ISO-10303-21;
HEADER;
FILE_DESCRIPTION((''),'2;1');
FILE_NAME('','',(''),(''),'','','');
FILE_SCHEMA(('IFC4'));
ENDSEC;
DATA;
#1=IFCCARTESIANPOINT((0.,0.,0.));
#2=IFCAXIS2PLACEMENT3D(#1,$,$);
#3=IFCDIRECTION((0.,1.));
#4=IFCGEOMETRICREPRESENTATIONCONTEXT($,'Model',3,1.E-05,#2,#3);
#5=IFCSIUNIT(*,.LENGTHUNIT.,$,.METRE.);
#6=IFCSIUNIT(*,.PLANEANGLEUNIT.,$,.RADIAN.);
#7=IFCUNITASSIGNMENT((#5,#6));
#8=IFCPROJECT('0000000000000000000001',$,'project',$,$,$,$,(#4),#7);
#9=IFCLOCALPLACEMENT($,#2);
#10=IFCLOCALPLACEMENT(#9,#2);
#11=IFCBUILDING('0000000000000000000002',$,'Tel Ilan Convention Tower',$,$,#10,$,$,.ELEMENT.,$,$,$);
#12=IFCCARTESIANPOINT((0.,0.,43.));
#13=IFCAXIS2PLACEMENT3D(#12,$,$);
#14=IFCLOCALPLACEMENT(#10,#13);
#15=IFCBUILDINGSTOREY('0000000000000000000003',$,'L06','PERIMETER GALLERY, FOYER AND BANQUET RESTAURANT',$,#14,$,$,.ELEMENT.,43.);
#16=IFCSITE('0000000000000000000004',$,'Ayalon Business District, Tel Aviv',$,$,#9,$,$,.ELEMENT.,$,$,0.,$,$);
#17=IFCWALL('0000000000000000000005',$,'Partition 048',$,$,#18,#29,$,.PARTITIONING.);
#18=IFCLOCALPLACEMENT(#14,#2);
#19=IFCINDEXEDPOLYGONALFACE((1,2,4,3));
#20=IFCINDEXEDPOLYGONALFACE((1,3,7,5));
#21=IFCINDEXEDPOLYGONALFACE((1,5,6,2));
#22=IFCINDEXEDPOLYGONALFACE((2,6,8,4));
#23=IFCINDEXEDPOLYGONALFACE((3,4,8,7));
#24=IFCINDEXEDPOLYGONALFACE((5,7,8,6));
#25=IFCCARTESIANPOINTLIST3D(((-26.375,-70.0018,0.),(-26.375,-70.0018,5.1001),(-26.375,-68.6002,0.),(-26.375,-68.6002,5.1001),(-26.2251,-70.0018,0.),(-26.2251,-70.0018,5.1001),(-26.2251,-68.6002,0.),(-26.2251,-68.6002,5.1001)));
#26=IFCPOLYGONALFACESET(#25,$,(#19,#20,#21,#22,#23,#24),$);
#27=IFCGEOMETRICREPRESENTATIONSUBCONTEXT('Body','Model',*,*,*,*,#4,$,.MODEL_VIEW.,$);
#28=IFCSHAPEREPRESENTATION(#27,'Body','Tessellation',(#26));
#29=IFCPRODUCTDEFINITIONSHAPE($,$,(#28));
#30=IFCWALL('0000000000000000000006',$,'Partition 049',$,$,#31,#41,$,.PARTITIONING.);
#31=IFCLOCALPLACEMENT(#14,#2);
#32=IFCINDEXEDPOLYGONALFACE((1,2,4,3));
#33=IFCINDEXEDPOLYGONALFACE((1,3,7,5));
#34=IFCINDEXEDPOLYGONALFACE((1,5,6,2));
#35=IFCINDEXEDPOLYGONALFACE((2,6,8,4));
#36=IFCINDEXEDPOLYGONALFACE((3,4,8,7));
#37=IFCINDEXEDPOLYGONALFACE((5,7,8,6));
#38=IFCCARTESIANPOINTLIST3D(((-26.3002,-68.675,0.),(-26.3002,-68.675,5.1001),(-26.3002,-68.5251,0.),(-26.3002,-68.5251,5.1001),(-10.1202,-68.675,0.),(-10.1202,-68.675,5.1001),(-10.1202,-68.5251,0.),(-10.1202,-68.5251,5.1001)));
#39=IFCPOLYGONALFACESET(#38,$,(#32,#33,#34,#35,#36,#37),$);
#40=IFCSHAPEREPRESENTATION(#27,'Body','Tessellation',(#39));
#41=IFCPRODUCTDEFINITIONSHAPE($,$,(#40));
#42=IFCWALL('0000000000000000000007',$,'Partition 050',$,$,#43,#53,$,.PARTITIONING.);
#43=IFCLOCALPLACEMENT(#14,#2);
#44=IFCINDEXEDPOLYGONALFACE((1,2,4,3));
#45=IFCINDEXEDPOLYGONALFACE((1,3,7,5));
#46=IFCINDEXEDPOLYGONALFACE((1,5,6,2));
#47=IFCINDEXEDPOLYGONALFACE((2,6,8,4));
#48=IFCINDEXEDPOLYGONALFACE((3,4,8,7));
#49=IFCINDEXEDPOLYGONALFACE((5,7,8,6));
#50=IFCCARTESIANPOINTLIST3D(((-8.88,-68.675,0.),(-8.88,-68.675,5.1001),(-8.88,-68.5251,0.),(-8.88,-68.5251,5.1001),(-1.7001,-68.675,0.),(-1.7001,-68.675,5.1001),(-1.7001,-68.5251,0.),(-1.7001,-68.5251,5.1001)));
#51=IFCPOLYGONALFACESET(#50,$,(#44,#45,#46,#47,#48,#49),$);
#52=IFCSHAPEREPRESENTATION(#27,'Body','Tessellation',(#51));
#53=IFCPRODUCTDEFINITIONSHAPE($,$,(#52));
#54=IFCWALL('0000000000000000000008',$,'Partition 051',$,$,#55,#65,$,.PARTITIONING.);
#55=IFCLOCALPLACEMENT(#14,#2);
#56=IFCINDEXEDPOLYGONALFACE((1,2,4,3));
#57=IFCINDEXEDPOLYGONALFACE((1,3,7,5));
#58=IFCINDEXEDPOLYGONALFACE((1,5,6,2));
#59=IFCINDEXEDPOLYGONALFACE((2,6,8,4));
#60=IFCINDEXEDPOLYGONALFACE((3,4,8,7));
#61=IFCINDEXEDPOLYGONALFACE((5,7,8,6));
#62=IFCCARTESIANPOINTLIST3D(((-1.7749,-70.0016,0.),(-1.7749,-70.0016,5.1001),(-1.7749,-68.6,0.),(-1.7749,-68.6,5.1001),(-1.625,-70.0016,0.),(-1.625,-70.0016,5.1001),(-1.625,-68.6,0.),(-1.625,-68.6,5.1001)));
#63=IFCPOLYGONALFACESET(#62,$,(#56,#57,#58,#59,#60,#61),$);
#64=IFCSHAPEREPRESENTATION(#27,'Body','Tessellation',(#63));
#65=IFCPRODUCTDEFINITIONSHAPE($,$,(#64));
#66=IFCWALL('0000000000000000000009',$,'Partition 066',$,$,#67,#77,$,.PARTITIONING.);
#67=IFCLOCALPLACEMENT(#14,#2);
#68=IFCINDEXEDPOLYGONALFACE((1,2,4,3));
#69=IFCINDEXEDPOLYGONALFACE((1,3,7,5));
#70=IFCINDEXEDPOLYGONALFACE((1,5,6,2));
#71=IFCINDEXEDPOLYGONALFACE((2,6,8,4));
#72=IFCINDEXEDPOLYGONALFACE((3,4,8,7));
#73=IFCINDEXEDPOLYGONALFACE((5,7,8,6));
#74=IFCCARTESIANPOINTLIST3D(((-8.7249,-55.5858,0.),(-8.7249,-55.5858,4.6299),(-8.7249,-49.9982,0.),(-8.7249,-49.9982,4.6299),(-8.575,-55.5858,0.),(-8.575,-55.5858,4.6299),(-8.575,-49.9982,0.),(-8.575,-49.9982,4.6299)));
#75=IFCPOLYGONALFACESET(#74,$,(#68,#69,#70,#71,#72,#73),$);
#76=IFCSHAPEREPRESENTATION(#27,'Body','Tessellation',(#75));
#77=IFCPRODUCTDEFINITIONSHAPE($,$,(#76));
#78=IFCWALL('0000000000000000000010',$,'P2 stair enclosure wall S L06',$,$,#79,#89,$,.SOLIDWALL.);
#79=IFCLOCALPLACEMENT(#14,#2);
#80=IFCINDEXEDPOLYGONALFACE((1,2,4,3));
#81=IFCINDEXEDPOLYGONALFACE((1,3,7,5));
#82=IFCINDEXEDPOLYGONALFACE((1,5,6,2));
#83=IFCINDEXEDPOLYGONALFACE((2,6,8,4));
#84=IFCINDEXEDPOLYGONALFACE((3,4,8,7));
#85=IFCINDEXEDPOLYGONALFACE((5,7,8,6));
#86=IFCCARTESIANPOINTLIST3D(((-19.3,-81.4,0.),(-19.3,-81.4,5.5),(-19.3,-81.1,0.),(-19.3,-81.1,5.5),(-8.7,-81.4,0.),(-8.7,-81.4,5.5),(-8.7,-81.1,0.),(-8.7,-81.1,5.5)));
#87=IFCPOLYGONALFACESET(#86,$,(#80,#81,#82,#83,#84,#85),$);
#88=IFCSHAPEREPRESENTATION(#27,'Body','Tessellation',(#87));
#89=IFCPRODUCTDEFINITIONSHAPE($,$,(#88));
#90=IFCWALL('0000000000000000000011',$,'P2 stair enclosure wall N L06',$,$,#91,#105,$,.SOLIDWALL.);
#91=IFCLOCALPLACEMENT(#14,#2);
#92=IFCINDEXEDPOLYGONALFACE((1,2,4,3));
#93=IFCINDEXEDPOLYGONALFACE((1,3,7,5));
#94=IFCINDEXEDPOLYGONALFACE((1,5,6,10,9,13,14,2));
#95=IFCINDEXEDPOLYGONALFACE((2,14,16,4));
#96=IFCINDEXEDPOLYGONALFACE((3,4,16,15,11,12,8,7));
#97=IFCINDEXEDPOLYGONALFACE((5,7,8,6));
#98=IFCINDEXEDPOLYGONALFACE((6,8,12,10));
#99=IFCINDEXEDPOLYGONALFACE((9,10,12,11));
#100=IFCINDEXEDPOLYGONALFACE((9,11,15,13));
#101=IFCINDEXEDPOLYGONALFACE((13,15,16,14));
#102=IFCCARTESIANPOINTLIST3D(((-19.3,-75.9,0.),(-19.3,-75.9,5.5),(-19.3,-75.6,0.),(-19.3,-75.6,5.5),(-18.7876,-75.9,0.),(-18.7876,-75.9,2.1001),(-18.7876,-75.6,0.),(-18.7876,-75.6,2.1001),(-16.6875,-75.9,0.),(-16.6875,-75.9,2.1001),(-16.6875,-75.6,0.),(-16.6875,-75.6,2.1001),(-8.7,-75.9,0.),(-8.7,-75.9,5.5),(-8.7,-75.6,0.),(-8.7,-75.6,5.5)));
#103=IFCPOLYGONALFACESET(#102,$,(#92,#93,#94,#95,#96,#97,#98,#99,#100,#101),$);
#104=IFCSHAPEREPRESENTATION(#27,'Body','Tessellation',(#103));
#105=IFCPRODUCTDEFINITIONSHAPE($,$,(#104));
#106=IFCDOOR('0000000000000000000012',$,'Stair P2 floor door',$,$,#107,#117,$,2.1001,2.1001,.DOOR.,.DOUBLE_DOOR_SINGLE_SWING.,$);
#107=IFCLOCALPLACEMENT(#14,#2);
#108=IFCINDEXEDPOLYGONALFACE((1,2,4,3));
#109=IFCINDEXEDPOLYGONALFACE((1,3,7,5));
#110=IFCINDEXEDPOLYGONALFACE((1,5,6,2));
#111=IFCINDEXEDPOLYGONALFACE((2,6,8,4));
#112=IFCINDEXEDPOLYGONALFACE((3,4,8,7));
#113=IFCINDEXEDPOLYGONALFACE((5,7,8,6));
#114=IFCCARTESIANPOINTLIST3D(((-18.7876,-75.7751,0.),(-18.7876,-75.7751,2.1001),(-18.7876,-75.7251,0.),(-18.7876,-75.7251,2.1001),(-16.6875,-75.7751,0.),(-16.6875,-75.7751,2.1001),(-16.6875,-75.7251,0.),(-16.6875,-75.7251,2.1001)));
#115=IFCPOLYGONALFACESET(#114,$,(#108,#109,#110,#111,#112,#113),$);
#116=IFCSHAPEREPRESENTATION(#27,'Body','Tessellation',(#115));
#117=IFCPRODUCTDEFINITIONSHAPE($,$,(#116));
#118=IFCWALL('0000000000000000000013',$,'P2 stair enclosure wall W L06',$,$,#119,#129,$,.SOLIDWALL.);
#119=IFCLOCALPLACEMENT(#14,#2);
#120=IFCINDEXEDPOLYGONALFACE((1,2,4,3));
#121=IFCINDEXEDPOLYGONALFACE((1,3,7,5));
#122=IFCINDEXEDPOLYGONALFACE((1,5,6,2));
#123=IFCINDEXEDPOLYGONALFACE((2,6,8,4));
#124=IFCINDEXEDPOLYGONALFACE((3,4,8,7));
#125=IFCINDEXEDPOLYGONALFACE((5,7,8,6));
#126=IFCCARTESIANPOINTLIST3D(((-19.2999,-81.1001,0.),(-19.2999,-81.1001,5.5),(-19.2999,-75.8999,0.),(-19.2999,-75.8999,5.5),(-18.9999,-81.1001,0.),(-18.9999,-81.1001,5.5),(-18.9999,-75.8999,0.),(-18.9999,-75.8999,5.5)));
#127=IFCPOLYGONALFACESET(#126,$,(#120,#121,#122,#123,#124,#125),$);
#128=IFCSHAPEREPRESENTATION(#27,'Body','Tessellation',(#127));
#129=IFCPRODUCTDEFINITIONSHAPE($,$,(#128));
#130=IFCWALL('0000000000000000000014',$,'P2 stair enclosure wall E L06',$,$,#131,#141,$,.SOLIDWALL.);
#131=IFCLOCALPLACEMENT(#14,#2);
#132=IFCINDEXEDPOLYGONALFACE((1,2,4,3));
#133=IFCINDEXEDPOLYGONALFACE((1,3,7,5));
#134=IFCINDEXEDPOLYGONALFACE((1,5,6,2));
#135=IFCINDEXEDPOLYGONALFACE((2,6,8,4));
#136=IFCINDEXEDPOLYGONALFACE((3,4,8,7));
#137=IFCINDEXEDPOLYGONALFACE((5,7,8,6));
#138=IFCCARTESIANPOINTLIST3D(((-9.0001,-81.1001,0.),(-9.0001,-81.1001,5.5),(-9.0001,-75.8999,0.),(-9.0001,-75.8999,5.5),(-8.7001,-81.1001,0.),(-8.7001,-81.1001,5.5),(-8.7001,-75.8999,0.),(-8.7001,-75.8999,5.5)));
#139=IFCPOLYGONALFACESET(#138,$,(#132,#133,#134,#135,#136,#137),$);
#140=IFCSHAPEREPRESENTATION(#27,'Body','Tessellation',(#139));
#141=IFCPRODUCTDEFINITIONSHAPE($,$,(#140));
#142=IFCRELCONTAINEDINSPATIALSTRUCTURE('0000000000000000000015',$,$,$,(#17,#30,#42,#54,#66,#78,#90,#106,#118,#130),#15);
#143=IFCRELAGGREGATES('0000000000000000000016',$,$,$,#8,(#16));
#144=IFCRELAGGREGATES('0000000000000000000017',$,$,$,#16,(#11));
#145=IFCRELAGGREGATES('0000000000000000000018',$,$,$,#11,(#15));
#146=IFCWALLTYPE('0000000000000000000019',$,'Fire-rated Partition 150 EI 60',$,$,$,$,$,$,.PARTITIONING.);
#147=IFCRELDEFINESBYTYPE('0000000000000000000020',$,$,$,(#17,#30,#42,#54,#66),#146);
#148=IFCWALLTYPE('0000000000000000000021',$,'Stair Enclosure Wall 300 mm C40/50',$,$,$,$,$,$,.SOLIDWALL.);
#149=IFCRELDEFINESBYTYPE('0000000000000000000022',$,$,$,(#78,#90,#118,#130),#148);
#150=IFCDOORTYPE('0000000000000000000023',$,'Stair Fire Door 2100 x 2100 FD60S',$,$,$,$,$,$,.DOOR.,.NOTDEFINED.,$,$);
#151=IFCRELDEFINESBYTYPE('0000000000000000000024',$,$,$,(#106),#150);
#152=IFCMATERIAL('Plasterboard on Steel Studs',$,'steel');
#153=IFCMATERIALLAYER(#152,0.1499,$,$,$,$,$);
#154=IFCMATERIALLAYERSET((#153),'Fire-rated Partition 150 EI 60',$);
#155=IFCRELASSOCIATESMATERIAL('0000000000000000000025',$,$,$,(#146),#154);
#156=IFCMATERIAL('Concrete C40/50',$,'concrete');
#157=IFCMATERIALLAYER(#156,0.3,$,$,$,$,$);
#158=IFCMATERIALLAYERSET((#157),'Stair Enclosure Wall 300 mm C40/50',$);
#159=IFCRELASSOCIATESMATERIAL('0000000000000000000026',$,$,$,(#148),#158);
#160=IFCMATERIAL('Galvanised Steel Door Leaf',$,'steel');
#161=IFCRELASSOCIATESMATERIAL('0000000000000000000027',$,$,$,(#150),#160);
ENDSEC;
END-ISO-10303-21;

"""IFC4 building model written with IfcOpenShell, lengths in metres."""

from ifc_helpers import new_model, si_unit, direction, frame, frame_2d, origin, place, context, subcontext, project, spatial, rectangle, extrude, material, layer, layer_set, type_object, element, fill, save


model = new_model("IFC4")

# Units and contexts
model_context = context("Model", 3, precision=1e-05, world=origin(), true_north=direction((0.0, 1.0)))
body_context = subcontext(model_context, "Body", "Model", "MODEL_VIEW")
ifc_project = project(units=[si_unit("LENGTHUNIT", "METRE"), si_unit("PLANEANGLEUNIT", "RADIAN")], contexts=[model_context])

# Site, building, storey
site_placement = place(None, origin())
site = spatial("IfcSite", under=ifc_project, at=site_placement, Name="Ayalon Business District, Tel Aviv", CompositionType="ELEMENT", RefElevation=0.0)
building_placement = place(site_placement, origin())
building = spatial("IfcBuilding", under=site, at=building_placement, Name="Tel Ilan Convention Tower", CompositionType="ELEMENT")
storey_placement = place(building_placement, frame((0.0, 0.0, 43.0)))
storey = spatial("IfcBuildingStorey", under=building, at=storey_placement, Name="L06", Description="PERIMETER GALLERY, FOYER AND BANQUET RESTAURANT", CompositionType="ELEMENT", Elevation=43.0)

# Walls
ifc_material_1 = material(Name="Plasterboard on Steel Studs", Category="steel")
ifc_layer_1 = layer(ifc_material_1, 0.1499)
ifc_layer_set_1 = layer_set([ifc_layer_1], Name="Fire-rated Partition 150 EI 60")
wall_type_1 = type_object("IfcWallType", Name="Fire-rated Partition 150 EI 60", PredefinedType="PARTITIONING", material=ifc_layer_set_1)
wall_1_placement = place(storey_placement, frame((-26.3, -70.0017, 0.0), z_axis=(0.0, 0.0, 1.0), x_axis=(0.0, 1.0, 0.0)))
element("IfcWall", 1, at=wall_1_placement, inside=storey, type_object=wall_type_1, Name="Partition 048", PredefinedType="PARTITIONING", context=body_context, shape_type="SweptSolid", body=[
    extrude(rectangle(XDim=1.4016, YDim=0.1499, at=frame_2d((0.7007, 0.0))), origin(), (0.0, 0.0, 1.0), 5.1001),
])
wall_2_placement = place(storey_placement, frame((-26.3, -68.6001, 0.0), z_axis=(0.0, 0.0, 1.0), x_axis=(1.0, 0.0, 0.0)))
element("IfcWall", 2, at=wall_2_placement, inside=storey, type_object=wall_type_1, Name="Partition 049", PredefinedType="PARTITIONING", context=body_context, shape_type="SweptSolid", body=[
    extrude(rectangle(XDim=16.1799, YDim=0.1499, at=frame_2d((8.0898, 0.0))), origin(), (0.0, 0.0, 1.0), 5.1001),
])
wall_3_placement = place(storey_placement, frame((-8.8799, -68.6001, 0.0), z_axis=(0.0, 0.0, 1.0), x_axis=(1.0, 0.0, 0.0)))
element("IfcWall", 3, at=wall_3_placement, inside=storey, type_object=wall_type_1, Name="Partition 050", PredefinedType="PARTITIONING", context=body_context, shape_type="SweptSolid", body=[
    extrude(rectangle(XDim=7.1799, YDim=0.1499, at=frame_2d((3.5898, 0.0))), origin(), (0.0, 0.0, 1.0), 5.1001),
])
wall_4_placement = place(storey_placement, frame((-1.7, -68.6001, 0.0), z_axis=(0.0, 0.0, 1.0), x_axis=(0.0, -1.0, 0.0)))
element("IfcWall", 4, at=wall_4_placement, inside=storey, type_object=wall_type_1, Name="Partition 051", PredefinedType="PARTITIONING", context=body_context, shape_type="SweptSolid", body=[
    extrude(rectangle(XDim=1.4016, YDim=0.1499, at=frame_2d((0.7007, 0.0))), origin(), (0.0, 0.0, 1.0), 5.1001),
])
wall_5_placement = place(storey_placement, frame((-8.6499, -55.5859, 0.0), z_axis=(0.0, 0.0, 1.0), x_axis=(0.0, 1.0, 0.0)))
element("IfcWall", 5, at=wall_5_placement, inside=storey, type_object=wall_type_1, Name="Partition 066", PredefinedType="PARTITIONING", context=body_context, shape_type="SweptSolid", body=[
    extrude(rectangle(XDim=5.5876, YDim=0.1499, at=frame_2d((2.7939, 0.0))), origin(), (0.0, 0.0, 1.0), 4.6299),
])
ifc_material_2 = material(Name="Concrete C40/50", Category="concrete")
ifc_layer_2 = layer(ifc_material_2, 0.3)
ifc_layer_set_2 = layer_set([ifc_layer_2], Name="Stair Enclosure Wall 300 mm C40/50")
wall_type_2 = type_object("IfcWallType", Name="Stair Enclosure Wall 300 mm C40/50", PredefinedType="SOLIDWALL", material=ifc_layer_set_2)
wall_6_placement = place(storey_placement, frame((-19.3, -81.25, 0.0), z_axis=(0.0, 0.0, 1.0), x_axis=(1.0, 0.0, 0.0)))
element("IfcWall", 6, at=wall_6_placement, inside=storey, type_object=wall_type_2, Name="P2 stair enclosure wall S L06", PredefinedType="SOLIDWALL", context=body_context, shape_type="SweptSolid", body=[
    extrude(rectangle(XDim=10.6001, YDim=0.3, at=frame_2d((5.3, 0.0))), origin(), (0.0, 0.0, 1.0), 5.5),
])

# Wall, opening, door
wall_7_placement = place(storey_placement, frame((-19.3, -75.75, 0.0), z_axis=(0.0, 0.0, 1.0), x_axis=(1.0, 0.0, 0.0)))
wall_7 = element("IfcWall", 7, at=wall_7_placement, inside=storey, type_object=wall_type_2, Name="P2 stair enclosure wall N L06", PredefinedType="SOLIDWALL", context=body_context, shape_type="SweptSolid", body=[
    extrude(rectangle(XDim=10.6001, YDim=0.3, at=frame_2d((5.3, 0.0))), origin(), (0.0, 0.0, 1.0), 5.5),
])
opening_placement = place(wall_7_placement, frame((0.5125, 0.0, 0.0)))
opening = element("IfcOpeningElement", 8, at=opening_placement, cuts=wall_7, PredefinedType="OPENING", context=body_context, shape_type="SweptSolid", body=[
    extrude(rectangle(XDim=2.1001, YDim=2.1001, at=frame_2d((1.05, 1.05))), frame((0.0, 0.1599, 0.0), z_axis=(0.0, -1.0, 0.0), x_axis=(1.0, 0.0, 0.0)), (0.0, 0.0, 1.0), 0.3201),
])
ifc_material_3 = material(Name="Galvanised Steel Door Leaf", Category="steel")
door_type = type_object("IfcDoorType", Name="Stair Fire Door 2100 x 2100 FD60S", OperationType="NOTDEFINED", PredefinedType="DOOR", material=ifc_material_3)
door_placement = place(opening_placement, origin())
door = element("IfcDoor", 9, at=door_placement, inside=storey, type_object=door_type, Name="Stair P2 floor door", OperationType="DOUBLE_DOOR_SINGLE_SWING", OverallHeight=2.1001, OverallWidth=2.1001, PredefinedType="DOOR", context=body_context, shape_type="SweptSolid", body=[
    extrude(rectangle(XDim=2.1001, YDim=2.1001, at=frame_2d((1.05, 1.05))), frame((0.0, 0.0249, 0.0), z_axis=(0.0, -1.0, 0.0), x_axis=(1.0, 0.0, 0.0)), (0.0, 0.0, 1.0), 0.05),
])
fill(opening, door)

# Walls
for number, where, z_axis, x_axis, name in (
    (10, (-19.1499, -81.1001, 0.0), (0.0, 0.0, 1.0), (0.0, 1.0, 0.0), "P2 stair enclosure wall W L06"),
    (11, (-8.8501, -81.1001, 0.0), (0.0, 0.0, 1.0), (0.0, 1.0, 0.0), "P2 stair enclosure wall E L06"),
):
    element("IfcWall", number, at=place(storey_placement, frame(where, z_axis=z_axis, x_axis=x_axis)), inside=storey, type_object=wall_type_2, Name=name, PredefinedType="SOLIDWALL", context=body_context, shape_type="SweptSolid", body=[
        extrude(rectangle(XDim=5.2002, YDim=0.3, at=frame_2d((2.6001, 0.0))), origin(), (0.0, 0.0, 1.0), 5.5),
    ])

save(model, "model.ifc")
